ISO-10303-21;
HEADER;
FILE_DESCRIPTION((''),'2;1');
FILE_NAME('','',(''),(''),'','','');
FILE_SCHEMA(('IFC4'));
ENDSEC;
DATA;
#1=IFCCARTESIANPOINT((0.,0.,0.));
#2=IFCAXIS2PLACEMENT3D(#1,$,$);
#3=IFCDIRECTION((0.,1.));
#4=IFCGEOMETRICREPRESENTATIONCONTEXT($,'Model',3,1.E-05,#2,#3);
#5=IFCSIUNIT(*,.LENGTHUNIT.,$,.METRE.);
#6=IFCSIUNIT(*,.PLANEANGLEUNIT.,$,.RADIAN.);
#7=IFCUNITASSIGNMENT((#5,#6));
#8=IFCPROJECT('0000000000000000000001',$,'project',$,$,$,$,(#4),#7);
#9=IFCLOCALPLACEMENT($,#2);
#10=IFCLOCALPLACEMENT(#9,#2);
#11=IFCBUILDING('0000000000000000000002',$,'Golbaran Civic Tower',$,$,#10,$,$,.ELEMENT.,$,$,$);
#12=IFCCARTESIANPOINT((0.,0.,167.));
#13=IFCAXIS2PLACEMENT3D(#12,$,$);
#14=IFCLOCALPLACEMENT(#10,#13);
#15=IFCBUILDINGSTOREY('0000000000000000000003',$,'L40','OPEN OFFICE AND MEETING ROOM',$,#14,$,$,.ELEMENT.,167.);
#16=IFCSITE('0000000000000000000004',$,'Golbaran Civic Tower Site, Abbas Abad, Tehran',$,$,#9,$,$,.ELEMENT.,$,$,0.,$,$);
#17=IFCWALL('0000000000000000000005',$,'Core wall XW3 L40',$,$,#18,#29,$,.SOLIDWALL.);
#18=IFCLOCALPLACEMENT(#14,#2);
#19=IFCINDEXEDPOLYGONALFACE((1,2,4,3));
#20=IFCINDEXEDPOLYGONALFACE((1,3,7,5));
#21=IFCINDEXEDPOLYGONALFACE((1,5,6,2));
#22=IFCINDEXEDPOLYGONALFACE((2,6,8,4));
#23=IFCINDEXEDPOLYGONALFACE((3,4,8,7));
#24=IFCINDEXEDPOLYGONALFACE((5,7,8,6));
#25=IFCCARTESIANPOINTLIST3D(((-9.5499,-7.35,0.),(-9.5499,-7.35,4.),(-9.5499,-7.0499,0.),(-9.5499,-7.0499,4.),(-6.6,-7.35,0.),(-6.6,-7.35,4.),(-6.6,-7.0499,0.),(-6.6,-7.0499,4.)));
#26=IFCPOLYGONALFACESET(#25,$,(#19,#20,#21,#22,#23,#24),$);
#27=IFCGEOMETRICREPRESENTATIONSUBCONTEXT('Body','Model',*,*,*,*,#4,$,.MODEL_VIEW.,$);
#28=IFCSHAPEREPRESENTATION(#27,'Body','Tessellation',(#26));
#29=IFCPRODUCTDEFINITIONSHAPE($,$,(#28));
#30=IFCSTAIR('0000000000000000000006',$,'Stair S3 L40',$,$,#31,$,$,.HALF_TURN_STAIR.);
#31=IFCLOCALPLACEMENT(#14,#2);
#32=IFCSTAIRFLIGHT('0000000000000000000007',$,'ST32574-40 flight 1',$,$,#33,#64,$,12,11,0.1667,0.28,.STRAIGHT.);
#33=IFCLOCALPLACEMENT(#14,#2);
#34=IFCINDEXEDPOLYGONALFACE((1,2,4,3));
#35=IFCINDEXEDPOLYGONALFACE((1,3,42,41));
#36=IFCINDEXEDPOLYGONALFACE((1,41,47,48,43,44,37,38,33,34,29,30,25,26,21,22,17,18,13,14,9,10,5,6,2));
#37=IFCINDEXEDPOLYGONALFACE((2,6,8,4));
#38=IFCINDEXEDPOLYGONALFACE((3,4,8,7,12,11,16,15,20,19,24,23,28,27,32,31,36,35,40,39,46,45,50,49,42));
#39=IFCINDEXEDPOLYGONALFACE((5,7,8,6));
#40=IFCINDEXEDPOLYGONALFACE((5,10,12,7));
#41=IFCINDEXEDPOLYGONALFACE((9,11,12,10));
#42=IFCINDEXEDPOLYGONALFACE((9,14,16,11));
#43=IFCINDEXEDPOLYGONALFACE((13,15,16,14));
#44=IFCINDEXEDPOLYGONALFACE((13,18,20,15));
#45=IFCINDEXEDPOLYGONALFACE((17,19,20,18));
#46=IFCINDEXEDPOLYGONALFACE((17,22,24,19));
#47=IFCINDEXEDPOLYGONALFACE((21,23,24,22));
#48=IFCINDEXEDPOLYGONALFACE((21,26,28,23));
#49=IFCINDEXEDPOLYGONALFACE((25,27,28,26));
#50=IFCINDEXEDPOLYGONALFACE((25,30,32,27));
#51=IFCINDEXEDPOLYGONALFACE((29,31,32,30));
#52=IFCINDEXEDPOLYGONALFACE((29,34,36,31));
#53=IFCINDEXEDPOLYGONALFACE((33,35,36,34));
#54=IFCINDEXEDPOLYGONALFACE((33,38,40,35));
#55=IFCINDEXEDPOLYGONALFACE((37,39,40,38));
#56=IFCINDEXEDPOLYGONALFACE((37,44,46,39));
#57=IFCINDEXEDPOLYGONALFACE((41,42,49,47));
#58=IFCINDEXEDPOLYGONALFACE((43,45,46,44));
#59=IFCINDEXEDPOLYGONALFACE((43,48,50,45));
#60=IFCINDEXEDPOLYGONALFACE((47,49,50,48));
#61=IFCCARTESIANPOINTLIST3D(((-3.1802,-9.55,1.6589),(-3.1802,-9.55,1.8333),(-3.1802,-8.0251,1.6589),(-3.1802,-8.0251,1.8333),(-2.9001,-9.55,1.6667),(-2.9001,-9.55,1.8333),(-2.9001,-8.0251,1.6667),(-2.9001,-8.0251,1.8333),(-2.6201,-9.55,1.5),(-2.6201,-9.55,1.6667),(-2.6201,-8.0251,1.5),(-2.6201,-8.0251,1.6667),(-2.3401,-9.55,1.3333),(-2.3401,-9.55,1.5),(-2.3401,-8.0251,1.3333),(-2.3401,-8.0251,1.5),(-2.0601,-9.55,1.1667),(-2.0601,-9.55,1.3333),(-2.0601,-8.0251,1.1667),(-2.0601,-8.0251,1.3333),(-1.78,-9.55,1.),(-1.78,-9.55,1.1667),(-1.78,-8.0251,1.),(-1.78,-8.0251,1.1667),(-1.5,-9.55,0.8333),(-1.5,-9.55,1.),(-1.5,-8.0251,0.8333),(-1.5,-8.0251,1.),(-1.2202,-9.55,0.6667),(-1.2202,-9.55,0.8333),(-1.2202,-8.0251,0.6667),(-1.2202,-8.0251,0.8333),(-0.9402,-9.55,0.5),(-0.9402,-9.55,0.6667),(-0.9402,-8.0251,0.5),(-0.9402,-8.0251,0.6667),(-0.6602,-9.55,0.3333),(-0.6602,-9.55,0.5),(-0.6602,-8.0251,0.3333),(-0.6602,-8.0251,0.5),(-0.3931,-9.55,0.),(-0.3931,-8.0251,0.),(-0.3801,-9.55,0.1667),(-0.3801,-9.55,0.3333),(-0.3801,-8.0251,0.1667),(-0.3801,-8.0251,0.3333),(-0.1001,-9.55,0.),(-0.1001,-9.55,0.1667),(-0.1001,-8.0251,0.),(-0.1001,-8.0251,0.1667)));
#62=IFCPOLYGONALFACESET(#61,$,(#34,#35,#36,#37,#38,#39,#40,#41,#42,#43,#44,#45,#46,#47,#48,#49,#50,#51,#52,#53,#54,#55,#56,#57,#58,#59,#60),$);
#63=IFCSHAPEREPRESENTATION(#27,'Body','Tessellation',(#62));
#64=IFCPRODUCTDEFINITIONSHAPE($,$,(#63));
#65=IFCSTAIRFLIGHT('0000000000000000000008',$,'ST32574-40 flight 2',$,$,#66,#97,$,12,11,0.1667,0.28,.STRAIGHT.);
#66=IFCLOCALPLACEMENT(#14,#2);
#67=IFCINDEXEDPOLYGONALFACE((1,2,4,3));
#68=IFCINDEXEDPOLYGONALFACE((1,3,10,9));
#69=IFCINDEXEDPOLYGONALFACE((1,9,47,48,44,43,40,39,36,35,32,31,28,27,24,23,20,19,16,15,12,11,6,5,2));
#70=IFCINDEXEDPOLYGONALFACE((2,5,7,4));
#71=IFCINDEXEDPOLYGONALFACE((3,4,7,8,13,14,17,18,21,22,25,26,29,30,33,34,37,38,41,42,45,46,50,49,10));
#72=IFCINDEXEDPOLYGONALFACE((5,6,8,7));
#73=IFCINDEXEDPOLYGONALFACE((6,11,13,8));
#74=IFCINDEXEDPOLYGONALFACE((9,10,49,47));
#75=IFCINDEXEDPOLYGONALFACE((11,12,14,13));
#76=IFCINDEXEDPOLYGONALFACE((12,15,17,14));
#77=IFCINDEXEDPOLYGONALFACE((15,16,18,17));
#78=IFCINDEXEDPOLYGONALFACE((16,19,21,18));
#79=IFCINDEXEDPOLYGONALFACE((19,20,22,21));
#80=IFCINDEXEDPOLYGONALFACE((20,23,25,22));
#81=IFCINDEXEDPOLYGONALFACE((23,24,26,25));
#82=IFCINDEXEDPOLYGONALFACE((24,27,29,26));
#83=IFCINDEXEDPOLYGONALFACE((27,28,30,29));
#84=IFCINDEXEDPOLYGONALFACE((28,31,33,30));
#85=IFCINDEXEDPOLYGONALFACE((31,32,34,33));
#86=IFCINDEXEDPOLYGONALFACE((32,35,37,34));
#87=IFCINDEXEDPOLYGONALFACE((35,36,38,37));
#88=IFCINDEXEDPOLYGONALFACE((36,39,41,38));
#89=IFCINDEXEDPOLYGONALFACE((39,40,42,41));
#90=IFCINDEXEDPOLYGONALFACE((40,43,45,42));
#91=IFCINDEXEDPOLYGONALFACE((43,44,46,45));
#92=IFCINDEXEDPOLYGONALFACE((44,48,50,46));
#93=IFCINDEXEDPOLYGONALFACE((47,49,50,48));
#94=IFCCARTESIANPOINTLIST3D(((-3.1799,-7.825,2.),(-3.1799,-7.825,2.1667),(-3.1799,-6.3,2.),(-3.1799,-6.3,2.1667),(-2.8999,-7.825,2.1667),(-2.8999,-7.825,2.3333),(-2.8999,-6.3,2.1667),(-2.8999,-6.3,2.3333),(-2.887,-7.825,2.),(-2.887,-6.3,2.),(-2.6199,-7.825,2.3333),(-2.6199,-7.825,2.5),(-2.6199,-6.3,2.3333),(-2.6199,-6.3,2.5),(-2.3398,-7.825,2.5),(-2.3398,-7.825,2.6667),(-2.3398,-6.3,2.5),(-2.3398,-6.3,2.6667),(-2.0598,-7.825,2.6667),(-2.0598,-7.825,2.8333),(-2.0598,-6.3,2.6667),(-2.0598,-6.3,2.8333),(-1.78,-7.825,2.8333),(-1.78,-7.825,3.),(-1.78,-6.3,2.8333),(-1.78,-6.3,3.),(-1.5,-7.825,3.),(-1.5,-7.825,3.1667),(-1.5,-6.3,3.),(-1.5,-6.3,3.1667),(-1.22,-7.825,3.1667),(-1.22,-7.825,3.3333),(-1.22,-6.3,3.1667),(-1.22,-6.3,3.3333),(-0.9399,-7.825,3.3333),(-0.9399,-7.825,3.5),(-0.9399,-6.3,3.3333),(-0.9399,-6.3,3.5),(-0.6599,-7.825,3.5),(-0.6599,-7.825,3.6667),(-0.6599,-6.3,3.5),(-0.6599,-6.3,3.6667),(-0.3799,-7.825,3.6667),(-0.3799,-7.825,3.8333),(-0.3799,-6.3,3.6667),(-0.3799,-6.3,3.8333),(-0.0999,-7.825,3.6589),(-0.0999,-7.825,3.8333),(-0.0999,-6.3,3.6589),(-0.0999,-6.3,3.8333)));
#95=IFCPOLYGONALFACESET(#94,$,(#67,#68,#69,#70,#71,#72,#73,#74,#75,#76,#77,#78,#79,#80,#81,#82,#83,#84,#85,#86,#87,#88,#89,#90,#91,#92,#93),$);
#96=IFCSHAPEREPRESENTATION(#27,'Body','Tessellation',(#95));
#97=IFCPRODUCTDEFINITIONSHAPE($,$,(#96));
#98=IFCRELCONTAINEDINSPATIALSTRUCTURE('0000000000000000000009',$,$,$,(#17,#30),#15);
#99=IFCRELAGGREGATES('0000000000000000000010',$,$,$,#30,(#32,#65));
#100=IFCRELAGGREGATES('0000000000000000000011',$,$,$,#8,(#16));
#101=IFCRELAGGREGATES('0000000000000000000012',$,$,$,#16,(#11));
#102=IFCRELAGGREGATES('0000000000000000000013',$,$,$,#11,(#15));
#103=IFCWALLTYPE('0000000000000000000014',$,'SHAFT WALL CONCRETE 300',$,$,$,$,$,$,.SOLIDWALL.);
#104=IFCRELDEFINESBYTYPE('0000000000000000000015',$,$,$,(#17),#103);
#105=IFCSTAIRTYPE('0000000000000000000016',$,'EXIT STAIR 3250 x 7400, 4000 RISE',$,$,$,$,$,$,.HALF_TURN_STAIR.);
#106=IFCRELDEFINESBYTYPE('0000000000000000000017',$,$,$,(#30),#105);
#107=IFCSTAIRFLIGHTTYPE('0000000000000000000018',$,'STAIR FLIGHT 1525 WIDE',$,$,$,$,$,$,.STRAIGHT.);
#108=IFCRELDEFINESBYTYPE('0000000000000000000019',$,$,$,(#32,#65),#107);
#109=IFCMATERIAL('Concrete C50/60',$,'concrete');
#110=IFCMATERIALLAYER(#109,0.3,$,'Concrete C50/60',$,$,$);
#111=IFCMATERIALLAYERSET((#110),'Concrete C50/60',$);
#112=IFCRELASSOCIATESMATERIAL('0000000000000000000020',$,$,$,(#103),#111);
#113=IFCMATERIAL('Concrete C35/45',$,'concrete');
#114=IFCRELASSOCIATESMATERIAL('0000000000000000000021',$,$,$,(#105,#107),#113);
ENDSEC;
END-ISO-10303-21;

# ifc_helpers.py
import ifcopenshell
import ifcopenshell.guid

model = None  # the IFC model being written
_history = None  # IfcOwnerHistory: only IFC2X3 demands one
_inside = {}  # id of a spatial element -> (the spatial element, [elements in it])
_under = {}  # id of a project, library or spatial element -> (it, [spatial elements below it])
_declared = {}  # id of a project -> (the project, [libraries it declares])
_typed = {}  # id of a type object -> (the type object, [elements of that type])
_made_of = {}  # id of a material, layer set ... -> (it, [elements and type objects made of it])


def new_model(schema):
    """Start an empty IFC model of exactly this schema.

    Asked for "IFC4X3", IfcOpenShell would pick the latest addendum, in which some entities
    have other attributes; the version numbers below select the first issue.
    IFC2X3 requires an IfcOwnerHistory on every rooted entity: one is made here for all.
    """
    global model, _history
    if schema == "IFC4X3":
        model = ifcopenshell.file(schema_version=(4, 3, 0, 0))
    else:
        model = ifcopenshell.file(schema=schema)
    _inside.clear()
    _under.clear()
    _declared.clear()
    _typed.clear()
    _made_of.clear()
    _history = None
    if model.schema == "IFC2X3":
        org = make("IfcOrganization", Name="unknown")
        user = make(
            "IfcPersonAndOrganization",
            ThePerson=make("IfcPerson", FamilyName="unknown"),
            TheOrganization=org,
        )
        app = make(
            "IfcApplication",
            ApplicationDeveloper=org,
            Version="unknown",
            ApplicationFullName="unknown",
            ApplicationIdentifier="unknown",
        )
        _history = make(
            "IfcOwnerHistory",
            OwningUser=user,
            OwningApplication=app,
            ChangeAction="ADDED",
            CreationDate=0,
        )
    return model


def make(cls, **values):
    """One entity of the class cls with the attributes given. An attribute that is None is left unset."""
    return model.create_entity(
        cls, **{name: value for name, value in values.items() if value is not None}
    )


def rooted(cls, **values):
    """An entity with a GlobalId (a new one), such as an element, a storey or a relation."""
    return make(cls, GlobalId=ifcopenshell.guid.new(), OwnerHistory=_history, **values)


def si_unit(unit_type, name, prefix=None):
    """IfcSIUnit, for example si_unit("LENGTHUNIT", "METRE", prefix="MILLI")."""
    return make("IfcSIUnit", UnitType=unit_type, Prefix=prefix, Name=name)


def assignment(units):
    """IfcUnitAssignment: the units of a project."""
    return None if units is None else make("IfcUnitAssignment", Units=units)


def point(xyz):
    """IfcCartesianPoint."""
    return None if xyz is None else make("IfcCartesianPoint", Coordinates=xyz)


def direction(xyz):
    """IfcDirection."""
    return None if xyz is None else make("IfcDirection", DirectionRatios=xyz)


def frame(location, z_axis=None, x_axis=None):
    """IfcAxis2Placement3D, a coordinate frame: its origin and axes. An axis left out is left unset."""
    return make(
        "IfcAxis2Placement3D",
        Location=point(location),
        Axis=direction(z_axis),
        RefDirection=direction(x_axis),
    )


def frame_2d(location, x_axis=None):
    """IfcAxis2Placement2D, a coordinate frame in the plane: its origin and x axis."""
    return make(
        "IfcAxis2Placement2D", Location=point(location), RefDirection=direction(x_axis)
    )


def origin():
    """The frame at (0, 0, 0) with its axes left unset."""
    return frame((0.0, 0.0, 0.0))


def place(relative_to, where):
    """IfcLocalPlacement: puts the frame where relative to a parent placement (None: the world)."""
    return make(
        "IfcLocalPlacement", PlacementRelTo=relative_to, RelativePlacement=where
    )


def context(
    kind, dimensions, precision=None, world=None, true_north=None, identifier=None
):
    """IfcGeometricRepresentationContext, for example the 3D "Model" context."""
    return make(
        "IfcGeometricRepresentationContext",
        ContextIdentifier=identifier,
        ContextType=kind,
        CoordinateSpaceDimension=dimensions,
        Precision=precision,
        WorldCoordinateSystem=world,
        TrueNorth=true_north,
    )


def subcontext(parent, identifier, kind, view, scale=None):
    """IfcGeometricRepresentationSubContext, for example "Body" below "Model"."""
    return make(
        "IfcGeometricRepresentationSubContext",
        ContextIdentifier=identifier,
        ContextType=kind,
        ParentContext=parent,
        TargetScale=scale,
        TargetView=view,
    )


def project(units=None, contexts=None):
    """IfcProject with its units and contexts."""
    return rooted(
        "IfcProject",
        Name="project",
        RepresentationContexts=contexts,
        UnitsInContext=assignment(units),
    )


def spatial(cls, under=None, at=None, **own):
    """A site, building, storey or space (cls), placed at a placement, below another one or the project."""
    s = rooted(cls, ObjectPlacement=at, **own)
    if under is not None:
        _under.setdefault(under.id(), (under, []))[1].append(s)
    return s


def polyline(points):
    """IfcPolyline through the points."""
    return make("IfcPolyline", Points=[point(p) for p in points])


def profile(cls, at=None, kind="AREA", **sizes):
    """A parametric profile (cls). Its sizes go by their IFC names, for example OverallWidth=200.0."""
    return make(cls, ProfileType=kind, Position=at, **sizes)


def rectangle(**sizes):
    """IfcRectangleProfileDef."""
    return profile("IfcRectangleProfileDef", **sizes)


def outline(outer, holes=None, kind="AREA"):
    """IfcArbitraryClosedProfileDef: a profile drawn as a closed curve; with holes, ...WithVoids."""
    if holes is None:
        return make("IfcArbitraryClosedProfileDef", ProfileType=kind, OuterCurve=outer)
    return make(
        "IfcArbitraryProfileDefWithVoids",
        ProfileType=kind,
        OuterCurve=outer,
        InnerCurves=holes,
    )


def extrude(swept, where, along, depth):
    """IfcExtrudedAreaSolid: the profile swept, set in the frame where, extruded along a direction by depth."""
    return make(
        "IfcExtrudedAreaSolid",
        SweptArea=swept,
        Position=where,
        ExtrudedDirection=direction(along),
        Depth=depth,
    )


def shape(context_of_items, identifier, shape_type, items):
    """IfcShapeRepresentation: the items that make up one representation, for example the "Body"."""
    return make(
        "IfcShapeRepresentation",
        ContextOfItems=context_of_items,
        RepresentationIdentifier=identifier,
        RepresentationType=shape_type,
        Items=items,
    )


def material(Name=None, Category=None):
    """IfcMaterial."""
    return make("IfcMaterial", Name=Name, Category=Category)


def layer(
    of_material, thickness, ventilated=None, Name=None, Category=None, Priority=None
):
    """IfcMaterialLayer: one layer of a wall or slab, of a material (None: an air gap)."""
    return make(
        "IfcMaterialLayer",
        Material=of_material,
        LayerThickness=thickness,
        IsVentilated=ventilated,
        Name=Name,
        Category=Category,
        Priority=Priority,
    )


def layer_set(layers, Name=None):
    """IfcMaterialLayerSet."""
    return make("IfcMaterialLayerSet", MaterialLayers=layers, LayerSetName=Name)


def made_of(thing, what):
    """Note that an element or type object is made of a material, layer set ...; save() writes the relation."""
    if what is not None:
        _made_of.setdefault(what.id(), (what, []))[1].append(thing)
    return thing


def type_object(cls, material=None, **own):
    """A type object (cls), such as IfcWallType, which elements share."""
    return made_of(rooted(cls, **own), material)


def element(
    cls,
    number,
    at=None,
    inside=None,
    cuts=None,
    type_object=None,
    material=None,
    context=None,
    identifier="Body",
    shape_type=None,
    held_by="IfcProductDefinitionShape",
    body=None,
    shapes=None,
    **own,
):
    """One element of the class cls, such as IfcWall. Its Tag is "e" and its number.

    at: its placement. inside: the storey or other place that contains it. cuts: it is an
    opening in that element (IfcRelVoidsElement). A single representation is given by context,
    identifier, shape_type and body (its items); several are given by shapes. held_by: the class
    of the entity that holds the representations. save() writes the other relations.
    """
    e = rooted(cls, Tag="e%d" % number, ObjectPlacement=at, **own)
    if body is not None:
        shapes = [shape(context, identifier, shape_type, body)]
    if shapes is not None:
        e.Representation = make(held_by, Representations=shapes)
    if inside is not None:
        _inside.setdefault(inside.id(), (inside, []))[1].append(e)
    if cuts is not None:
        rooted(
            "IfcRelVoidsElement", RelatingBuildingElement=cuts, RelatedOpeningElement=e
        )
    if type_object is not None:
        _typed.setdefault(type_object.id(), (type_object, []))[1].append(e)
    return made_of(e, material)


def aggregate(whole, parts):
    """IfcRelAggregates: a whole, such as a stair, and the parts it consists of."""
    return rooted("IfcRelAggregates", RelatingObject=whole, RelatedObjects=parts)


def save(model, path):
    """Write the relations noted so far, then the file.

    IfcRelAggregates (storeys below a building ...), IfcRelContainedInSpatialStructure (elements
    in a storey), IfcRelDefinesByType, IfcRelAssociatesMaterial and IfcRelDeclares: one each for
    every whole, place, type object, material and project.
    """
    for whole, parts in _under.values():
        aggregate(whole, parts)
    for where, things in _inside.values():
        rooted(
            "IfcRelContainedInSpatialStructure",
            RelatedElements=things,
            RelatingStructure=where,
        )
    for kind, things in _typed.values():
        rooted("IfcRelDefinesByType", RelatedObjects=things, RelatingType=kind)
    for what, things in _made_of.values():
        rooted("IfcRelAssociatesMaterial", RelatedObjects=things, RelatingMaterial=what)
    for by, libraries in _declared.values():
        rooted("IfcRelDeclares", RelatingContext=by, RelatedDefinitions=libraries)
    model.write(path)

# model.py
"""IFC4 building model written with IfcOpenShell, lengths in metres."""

from ifc_helpers import new_model, si_unit, direction, frame, frame_2d, origin, place, context, subcontext, project, spatial, polyline, rectangle, outline, extrude, material, layer, layer_set, type_object, element, aggregate, save


model = new_model("IFC4")

# Units and contexts
model_context = context("Model", 3, precision=1e-05, world=origin(), true_north=direction((0.0, 1.0)))
body_context = subcontext(model_context, "Body", "Model", "MODEL_VIEW")
ifc_project = project(units=[si_unit("LENGTHUNIT", "METRE"), si_unit("PLANEANGLEUNIT", "RADIAN")], contexts=[model_context])

# Site, building, storey
site_placement = place(None, origin())
site = spatial("IfcSite", under=ifc_project, at=site_placement, Name="Golbaran Civic Tower Site, Abbas Abad, Tehran", CompositionType="ELEMENT", RefElevation=0.0)
building_placement = place(site_placement, origin())
building = spatial("IfcBuilding", under=site, at=building_placement, Name="Golbaran Civic Tower", CompositionType="ELEMENT")
storey_placement = place(building_placement, frame((0.0, 0.0, 167.0)))
storey = spatial("IfcBuildingStorey", under=building, at=storey_placement, Name="L40", Description="OPEN OFFICE AND MEETING ROOM", CompositionType="ELEMENT", Elevation=167.0)

# Shared definitions
ifc_material_1 = material(Name="Concrete C50/60", Category="concrete")

# Shared definitions
ifc_layer_1 = layer(ifc_material_1, 0.3, Name="Concrete C50/60")
ifc_layer_set_1 = layer_set([ifc_layer_1], Name="Concrete C50/60")
wall_type_1 = type_object("IfcWallType", Name="SHAFT WALL CONCRETE 300", PredefinedType="SOLIDWALL", material=ifc_layer_set_1)

# Wall
wall_1_placement = place(storey_placement, frame((-9.55, -7.2, 0.0), z_axis=(0.0, 0.0, 1.0), x_axis=(1.0, 0.0, 0.0)))
element("IfcWall", 1, at=wall_1_placement, inside=storey, type_object=wall_type_1, Name="Core wall XW3 L40", PredefinedType="SOLIDWALL", context=body_context, shape_type="SweptSolid", body=[
    extrude(rectangle(XDim=2.95, YDim=0.3, at=frame_2d((1.4751, 0.0))), origin(), (0.0, 0.0, 1.0), 4.0),
])

# Stair, stair flights
ifc_material_2 = material(Name="Concrete C35/45", Category="concrete")
stair_type = type_object("IfcStairType", Name="EXIT STAIR 3250 x 7400, 4000 RISE", PredefinedType="HALF_TURN_STAIR", material=ifc_material_2)
stair_placement = place(storey_placement, origin())
stair = element("IfcStair", 2, at=stair_placement, inside=storey, type_object=stair_type, Name="Stair S3 L40", PredefinedType="HALF_TURN_STAIR")
stair_flight_type = type_object("IfcStairFlightType", Name="STAIR FLIGHT 1525 WIDE", PredefinedType="STRAIGHT", material=ifc_material_2)
stair_flight_1_placement = place(storey_placement, frame((-0.1001, -8.7876, 0.0), z_axis=(0.0, 0.0, 1.0), x_axis=(-1.0, 0.0, 0.0)))
stair_flight_1 = element("IfcStairFlight", 3, at=stair_flight_1_placement, type_object=stair_flight_type, Name="ST32574-40 flight 1", NumberOfRisers=12, NumberOfTreads=11, PredefinedType="STRAIGHT", RiserHeight=0.1667, TreadLength=0.28, context=body_context, shape_type="SweptSolid", body=[
    extrude(outline(polyline([(0.0, 0.0), (0.0, 0.1667), (0.28, 0.1667), (0.28, 0.3333), (0.5601, 0.3333), (0.5601, 0.5), (0.8401, 0.5), (0.8401, 0.6667), (1.1201, 0.6667), (1.1201, 0.8333), (1.3999, 0.8333), (1.3999, 1.0), (1.6799, 1.0), (1.6799, 1.1667), (1.96, 1.1667), (1.96, 1.3333), (2.24, 1.3333), (2.24, 1.5), (2.52, 1.5), (2.52, 1.6667), (2.8, 1.6667), (2.8, 1.8333), (3.0801, 1.8333), (3.0801, 2.0), (3.0801, 1.6589), (0.293, 0.0), (0.0, 0.0)])), frame((0.0, 0.7625, 0.0), z_axis=(0.0, -1.0, 0.0), x_axis=(1.0, 0.0, 0.0)), (0.0, 0.0, 1.0), 1.5249),
])
stair_flight_2_placement = place(storey_placement, frame((-3.1799, -7.0625, 2.0), z_axis=(0.0, 0.0, 1.0), x_axis=(1.0, 0.0, 0.0)))
stair_flight_2 = element("IfcStairFlight", 4, at=stair_flight_2_placement, type_object=stair_flight_type, Name="ST32574-40 flight 2", NumberOfRisers=12, NumberOfTreads=11, PredefinedType="STRAIGHT", RiserHeight=0.1667, TreadLength=0.28, context=body_context, shape_type="SweptSolid", body=[
    extrude(outline(polyline([(0.0, 0.0), (0.0, 0.1667), (0.28, 0.1667), (0.28, 0.3333), (0.5601, 0.3333), (0.5601, 0.5), (0.8401, 0.5), (0.8401, 0.6667), (1.1201, 0.6667), (1.1201, 0.8333), (1.3999, 0.8333), (1.3999, 1.0), (1.6799, 1.0), (1.6799, 1.1667), (1.96, 1.1667), (1.96, 1.3333), (2.24, 1.3333), (2.24, 1.5), (2.52, 1.5), (2.52, 1.6667), (2.8, 1.6667), (2.8, 1.8333), (3.0801, 1.8333), (3.0801, 2.0), (3.0801, 1.6589), (0.293, 0.0), (0.0, 0.0)])), frame((0.0, 0.7625, 0.0), z_axis=(0.0, -1.0, 0.0), x_axis=(1.0, 0.0, 0.0)), (0.0, 0.0, 1.0), 1.5249),
])
aggregate(stair, [stair_flight_1, stair_flight_2])

save(model, "model.ifc")
